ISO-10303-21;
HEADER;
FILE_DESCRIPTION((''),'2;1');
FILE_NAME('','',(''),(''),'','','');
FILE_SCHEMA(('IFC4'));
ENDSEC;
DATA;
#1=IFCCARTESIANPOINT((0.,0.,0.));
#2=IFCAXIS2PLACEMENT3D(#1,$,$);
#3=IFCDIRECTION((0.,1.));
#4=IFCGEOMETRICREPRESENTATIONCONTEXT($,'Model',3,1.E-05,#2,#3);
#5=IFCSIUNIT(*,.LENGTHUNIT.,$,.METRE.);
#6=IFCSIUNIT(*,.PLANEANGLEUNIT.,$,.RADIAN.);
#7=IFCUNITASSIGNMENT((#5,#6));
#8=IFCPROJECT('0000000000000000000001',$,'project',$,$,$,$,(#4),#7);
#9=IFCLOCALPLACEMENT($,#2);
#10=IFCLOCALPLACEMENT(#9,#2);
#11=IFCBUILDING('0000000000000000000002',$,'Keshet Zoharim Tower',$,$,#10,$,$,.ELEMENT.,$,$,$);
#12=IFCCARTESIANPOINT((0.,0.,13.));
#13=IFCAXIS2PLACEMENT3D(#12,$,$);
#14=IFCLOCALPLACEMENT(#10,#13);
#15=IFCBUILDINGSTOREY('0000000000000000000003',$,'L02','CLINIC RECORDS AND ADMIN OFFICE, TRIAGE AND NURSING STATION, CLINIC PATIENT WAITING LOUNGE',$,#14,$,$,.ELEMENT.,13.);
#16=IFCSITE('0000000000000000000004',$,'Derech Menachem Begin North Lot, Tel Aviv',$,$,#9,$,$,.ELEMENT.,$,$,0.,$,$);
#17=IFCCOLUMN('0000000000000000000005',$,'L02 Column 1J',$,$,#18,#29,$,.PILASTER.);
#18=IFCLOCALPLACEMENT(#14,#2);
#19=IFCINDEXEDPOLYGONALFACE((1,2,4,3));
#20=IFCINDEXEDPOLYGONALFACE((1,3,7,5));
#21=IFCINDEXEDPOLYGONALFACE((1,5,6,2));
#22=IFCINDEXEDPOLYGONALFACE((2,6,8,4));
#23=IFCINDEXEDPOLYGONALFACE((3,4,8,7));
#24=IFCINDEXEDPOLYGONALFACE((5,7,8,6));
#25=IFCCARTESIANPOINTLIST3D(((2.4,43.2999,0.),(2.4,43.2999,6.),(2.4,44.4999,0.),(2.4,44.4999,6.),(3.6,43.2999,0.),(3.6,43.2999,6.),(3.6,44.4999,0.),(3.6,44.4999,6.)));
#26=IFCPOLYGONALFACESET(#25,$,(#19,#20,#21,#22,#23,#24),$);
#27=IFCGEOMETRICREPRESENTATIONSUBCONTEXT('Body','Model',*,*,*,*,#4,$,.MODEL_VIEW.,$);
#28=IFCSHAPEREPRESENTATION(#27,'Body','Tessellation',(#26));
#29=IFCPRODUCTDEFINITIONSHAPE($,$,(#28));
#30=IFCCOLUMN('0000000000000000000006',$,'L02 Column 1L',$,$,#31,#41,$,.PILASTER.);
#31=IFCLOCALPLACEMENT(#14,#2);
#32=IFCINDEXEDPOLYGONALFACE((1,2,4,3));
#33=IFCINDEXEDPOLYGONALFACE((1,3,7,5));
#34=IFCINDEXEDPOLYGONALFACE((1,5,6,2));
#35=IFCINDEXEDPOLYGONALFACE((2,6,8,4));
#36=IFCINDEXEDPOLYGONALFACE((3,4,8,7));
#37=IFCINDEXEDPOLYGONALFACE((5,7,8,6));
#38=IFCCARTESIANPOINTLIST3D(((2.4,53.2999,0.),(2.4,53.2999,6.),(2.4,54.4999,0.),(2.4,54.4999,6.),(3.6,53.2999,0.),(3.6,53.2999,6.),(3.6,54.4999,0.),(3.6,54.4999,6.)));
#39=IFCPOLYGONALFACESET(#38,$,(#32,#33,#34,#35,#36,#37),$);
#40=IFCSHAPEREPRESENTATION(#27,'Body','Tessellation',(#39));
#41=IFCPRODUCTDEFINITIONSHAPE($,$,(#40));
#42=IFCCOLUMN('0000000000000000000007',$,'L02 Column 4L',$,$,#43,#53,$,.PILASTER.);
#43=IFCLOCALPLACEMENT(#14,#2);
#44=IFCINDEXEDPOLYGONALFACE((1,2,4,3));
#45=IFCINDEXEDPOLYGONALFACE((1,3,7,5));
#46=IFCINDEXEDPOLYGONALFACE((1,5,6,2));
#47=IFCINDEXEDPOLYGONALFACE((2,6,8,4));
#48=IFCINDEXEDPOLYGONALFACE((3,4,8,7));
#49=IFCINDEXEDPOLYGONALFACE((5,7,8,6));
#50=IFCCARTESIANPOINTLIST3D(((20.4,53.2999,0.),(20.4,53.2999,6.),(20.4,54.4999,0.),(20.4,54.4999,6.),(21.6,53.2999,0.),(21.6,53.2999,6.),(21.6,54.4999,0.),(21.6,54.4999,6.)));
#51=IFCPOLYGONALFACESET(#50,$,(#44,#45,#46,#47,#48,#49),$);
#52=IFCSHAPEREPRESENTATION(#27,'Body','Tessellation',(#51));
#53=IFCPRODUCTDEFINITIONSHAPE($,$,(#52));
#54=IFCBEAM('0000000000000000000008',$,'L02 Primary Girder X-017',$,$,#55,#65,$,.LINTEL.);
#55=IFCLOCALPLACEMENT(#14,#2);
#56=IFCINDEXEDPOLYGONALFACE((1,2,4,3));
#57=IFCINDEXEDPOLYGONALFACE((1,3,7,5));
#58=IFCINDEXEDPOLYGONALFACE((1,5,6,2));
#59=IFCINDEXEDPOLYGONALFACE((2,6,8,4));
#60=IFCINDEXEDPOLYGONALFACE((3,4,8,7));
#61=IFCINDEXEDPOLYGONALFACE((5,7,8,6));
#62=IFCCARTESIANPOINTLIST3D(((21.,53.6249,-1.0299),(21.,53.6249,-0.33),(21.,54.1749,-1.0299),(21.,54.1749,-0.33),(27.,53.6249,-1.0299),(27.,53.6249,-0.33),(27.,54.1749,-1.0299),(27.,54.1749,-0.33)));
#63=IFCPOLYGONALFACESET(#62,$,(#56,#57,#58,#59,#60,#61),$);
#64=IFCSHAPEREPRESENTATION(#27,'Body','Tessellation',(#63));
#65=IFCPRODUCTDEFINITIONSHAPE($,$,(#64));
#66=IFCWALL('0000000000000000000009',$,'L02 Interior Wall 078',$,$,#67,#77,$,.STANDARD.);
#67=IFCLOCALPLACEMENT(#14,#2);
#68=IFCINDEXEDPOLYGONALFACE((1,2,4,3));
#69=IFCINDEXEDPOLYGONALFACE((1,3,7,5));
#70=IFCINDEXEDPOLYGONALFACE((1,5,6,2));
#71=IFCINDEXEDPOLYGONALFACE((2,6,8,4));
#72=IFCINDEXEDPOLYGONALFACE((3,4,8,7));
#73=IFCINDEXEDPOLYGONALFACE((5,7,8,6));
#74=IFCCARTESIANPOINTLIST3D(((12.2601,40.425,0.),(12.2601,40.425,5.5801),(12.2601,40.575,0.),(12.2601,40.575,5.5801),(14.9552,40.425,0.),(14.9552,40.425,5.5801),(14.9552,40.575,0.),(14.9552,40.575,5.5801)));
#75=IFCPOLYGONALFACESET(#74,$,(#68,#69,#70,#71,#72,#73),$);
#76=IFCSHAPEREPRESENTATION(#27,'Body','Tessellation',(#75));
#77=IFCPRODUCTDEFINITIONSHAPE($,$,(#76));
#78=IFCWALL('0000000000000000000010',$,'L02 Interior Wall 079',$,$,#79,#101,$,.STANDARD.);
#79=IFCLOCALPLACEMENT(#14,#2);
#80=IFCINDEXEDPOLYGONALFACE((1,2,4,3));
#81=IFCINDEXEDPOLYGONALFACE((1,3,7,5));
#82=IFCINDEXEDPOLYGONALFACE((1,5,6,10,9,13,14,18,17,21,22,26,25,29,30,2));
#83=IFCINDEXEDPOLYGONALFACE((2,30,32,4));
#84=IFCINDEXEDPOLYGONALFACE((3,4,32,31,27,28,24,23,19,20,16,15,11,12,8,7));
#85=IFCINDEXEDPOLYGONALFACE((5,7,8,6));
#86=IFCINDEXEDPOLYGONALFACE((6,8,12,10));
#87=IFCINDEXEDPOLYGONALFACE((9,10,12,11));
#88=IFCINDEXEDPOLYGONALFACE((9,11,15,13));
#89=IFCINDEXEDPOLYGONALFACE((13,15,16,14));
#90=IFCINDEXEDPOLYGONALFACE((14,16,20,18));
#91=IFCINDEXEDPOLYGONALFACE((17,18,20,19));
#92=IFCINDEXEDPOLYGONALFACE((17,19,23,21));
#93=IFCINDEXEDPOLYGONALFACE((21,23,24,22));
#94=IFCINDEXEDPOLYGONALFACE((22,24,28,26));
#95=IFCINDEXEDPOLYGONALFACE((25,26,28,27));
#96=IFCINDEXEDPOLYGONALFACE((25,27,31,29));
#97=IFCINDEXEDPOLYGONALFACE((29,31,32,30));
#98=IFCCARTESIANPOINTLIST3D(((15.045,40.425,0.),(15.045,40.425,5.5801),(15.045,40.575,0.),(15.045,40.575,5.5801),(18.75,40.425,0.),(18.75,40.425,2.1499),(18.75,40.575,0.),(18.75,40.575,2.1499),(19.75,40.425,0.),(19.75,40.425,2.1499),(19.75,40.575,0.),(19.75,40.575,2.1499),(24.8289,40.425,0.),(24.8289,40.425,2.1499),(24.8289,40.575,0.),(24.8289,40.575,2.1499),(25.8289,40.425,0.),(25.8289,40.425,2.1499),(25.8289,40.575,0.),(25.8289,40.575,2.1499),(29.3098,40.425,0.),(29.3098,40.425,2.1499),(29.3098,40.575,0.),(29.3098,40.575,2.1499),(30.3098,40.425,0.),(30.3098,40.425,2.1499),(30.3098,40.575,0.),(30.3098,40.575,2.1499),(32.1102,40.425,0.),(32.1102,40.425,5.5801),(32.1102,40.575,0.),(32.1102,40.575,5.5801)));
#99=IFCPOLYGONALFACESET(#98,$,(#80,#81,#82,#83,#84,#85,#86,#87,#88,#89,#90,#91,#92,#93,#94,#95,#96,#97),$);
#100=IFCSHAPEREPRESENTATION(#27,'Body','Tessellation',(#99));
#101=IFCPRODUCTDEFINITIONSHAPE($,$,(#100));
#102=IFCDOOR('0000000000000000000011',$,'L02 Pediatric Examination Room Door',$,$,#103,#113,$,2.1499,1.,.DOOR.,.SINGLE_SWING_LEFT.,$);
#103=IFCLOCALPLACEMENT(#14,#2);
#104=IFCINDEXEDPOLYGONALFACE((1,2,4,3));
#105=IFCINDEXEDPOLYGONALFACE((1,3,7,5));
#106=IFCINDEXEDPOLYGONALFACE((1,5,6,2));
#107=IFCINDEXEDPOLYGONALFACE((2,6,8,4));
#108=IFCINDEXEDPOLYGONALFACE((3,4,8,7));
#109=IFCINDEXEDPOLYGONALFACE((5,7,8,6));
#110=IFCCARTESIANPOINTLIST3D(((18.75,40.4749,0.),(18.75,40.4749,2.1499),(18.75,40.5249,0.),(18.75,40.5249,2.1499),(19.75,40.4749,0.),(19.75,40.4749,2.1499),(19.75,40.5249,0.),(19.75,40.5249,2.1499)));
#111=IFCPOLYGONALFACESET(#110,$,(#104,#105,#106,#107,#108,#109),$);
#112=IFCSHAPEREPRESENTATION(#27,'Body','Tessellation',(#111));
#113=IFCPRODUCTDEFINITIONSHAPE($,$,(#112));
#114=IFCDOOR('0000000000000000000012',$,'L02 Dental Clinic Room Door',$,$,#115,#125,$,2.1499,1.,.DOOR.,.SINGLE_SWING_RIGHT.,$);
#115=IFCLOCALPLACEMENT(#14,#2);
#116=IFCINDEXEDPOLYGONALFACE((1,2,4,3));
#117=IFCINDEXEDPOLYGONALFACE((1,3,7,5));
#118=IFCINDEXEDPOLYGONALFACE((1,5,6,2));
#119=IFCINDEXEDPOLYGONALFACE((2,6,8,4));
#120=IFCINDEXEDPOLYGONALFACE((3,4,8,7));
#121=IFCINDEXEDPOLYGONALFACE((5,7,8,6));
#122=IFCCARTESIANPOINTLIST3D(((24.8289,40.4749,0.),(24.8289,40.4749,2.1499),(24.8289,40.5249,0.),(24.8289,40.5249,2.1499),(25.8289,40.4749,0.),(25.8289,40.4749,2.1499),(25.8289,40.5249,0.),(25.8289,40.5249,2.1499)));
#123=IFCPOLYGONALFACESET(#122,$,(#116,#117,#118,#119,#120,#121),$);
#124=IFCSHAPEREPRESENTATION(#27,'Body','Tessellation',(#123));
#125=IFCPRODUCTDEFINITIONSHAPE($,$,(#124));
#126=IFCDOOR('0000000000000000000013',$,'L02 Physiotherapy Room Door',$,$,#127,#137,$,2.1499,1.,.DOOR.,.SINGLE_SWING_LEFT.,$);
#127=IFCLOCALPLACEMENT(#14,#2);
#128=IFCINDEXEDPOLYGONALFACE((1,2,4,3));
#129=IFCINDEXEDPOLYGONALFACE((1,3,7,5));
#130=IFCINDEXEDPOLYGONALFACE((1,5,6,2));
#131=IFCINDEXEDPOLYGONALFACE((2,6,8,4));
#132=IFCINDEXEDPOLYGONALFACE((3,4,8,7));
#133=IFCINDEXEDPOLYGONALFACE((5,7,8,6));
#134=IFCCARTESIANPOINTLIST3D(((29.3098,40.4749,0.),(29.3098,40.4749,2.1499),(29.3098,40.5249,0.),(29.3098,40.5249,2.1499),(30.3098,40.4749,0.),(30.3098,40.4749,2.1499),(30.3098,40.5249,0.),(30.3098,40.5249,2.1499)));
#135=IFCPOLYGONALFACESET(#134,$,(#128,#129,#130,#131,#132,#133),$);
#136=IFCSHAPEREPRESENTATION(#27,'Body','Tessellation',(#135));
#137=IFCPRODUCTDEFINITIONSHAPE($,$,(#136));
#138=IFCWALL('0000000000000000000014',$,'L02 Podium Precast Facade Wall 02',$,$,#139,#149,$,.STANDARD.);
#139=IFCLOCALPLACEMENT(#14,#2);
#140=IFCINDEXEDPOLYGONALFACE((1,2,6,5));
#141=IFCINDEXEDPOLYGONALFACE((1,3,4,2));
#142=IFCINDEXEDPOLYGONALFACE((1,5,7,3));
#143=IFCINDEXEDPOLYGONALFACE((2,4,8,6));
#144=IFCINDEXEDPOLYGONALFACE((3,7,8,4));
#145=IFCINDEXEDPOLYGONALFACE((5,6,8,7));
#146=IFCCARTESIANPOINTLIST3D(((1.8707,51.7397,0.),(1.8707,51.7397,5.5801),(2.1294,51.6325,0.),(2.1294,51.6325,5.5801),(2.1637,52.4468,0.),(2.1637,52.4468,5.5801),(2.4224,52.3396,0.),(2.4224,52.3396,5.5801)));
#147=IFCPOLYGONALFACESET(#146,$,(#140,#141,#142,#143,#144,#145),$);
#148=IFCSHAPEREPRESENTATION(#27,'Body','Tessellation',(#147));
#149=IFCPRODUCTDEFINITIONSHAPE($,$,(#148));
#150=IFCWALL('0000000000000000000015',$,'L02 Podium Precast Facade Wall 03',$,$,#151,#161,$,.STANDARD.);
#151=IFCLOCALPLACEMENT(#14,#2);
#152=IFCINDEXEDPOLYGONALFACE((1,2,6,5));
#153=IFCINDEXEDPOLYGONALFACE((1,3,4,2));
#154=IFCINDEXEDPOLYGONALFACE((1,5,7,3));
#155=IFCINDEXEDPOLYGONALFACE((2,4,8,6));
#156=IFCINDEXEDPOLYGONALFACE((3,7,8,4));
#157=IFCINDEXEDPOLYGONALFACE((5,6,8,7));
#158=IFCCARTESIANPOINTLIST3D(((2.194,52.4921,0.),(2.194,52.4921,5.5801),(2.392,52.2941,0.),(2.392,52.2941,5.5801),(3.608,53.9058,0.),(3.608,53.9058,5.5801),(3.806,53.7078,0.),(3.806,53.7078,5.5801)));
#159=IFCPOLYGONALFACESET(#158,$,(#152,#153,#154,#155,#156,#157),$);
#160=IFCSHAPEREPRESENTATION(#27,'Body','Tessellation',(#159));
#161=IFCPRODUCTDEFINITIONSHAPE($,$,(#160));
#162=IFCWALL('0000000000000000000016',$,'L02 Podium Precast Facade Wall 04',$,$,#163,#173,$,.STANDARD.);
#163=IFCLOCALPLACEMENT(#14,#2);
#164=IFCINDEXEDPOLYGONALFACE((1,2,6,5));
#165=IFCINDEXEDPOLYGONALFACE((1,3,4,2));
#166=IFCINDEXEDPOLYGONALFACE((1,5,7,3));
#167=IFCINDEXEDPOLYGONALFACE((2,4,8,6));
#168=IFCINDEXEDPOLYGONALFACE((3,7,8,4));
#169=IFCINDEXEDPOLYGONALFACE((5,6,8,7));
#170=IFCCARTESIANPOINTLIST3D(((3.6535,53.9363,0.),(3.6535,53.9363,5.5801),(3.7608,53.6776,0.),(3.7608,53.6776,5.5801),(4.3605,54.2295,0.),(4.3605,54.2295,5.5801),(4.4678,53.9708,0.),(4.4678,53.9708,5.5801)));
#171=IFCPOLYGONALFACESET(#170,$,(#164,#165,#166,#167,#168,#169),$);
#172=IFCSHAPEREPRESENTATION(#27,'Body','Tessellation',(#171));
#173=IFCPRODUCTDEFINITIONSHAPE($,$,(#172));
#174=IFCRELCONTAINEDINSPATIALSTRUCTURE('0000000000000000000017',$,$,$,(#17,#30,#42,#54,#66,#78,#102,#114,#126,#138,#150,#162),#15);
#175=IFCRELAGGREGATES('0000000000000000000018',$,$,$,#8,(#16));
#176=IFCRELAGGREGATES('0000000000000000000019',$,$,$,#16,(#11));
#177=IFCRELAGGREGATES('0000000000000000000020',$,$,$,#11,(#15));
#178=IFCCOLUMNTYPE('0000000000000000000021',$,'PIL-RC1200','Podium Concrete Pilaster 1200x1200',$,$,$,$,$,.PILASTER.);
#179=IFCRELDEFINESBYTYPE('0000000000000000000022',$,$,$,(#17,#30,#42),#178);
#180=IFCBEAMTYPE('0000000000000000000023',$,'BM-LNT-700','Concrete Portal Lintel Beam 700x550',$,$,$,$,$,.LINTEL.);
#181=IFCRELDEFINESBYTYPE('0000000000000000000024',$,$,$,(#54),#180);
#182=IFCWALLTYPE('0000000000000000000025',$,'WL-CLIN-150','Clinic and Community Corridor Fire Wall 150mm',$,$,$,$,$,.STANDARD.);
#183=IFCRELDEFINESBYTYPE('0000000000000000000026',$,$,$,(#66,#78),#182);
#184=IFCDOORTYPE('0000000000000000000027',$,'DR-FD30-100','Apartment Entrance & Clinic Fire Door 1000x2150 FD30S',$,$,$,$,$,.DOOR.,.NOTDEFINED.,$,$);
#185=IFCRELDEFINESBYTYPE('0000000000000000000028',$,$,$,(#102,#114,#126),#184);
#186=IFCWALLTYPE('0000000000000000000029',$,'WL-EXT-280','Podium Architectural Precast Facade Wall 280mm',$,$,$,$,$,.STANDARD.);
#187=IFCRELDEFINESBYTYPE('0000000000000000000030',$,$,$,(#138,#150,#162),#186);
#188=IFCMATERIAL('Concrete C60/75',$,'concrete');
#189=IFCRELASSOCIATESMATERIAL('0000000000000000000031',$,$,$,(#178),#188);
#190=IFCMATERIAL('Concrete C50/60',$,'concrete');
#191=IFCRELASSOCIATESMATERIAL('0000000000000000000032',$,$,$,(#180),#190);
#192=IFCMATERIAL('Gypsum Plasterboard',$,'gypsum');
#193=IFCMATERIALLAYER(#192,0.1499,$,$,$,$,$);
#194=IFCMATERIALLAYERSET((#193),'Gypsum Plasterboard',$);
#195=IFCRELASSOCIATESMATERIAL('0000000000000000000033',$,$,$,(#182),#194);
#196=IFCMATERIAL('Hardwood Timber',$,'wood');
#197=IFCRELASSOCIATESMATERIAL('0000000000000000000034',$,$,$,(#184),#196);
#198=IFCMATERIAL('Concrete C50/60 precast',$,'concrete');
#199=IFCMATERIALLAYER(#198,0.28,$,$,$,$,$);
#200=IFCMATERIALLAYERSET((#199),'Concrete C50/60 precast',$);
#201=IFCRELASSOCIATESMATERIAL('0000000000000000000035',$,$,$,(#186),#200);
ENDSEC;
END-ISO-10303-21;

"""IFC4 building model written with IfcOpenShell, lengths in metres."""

from ifc_helpers import new_model, si_unit, direction, frame, frame_2d, origin, origin_2d, place, context, subcontext, project, spatial, rectangle, extrude, material, layer, layer_set, material_profile, profile_set, type_object, element, fill, save


model = new_model("IFC4")

# Units and contexts
model_context = context("Model", 3, precision=1e-05, world=origin(), true_north=direction((0.0, 1.0)))
body_context = subcontext(model_context, "Body", "Model", "MODEL_VIEW")
ifc_project = project(units=[si_unit("LENGTHUNIT", "METRE"), si_unit("PLANEANGLEUNIT", "RADIAN")], contexts=[model_context])

# Site, building, storey
site_placement = place(None, origin())
site = spatial("IfcSite", under=ifc_project, at=site_placement, Name="Derech Menachem Begin North Lot, Tel Aviv", CompositionType="ELEMENT", RefElevation=0.0)
building_placement = place(site_placement, origin())
building = spatial("IfcBuilding", under=site, at=building_placement, Name="Keshet Zoharim Tower", CompositionType="ELEMENT")
storey_placement = place(building_placement, frame((0.0, 0.0, 13.0)))
storey = spatial("IfcBuildingStorey", under=building, at=storey_placement, Name="L02", Description="CLINIC RECORDS AND ADMIN OFFICE, TRIAGE AND NURSING STATION, CLINIC PATIENT WAITING LOUNGE", CompositionType="ELEMENT", Elevation=13.0)

# Columns
ifc_material_1 = material(Name="Concrete C60/75", Category="concrete")
ifc_material_profile_1 = material_profile(ifc_material_1, rectangle(XDim=1.2, YDim=1.2, at=origin_2d()), Name="RC1200x1200")
ifc_profile_set_1 = profile_set([ifc_material_profile_1], Name="Concrete C60/75")
column_type = type_object("IfcColumnType", Name="PIL-RC1200", Description="Podium Concrete Pilaster 1200x1200", PredefinedType="PILASTER", material=ifc_profile_set_1)
for number, where, z_axis, x_axis, name in (
    (1, (3.0, 43.8999, 0.0), (0.0, 0.0, 1.0), (1.0, 0.0, 0.0), "L02 Column 1J"),
    (2, (3.0, 53.8999, 0.0), (0.0, 0.0, 1.0), (1.0, 0.0, 0.0), "L02 Column 1L"),
    (3, (21.0, 53.8999, 0.0), (0.0, 0.0, 1.0), (1.0, 0.0, 0.0), "L02 Column 4L"),
):
    element("IfcColumn", number, at=place(storey_placement, frame(where, z_axis=z_axis, x_axis=x_axis)), inside=storey, type_object=column_type, Name=name, PredefinedType="PILASTER", context=body_context, shape_type="SweptSolid", body=[
        extrude(rectangle(XDim=1.2, YDim=1.2, at=origin_2d()), origin(), (0.0, 0.0, 1.0), 6.0),
    ])

# Beam
ifc_material_2 = material(Name="Concrete C50/60", Category="concrete")
ifc_material_profile_2 = material_profile(ifc_material_2, rectangle(XDim=0.55, YDim=0.7, at=origin_2d()), Name="RC700x550")
ifc_profile_set_2 = profile_set([ifc_material_profile_2], Name="Concrete C50/60")
beam_type = type_object("IfcBeamType", Name="BM-LNT-700", Description="Concrete Portal Lintel Beam 700x550", PredefinedType="LINTEL", material=ifc_profile_set_2)
beam_placement = place(storey_placement, frame((21.0, 53.8999, -0.6799), z_axis=(1.0, 0.0, 0.0), x_axis=(0.0, 1.0, 0.0)))
element("IfcBeam", 4, at=beam_placement, inside=storey, type_object=beam_type, Name="L02 Primary Girder X-017", PredefinedType="LINTEL", context=body_context, shape_type="SweptSolid", body=[
    extrude(rectangle(XDim=0.55, YDim=0.7, at=origin_2d()), origin(), (0.0, 0.0, 1.0), 6.0),
])

# Shared definitions
ifc_material_3 = material(Name="Gypsum Plasterboard", Category="gypsum")
ifc_layer_1 = layer(ifc_material_3, 0.1499)
ifc_layer_set_1 = layer_set([ifc_layer_1], Name="Gypsum Plasterboard")
wall_type_1 = type_object("IfcWallType", Name="WL-CLIN-150", Description="Clinic and Community Corridor Fire Wall 150mm", PredefinedType="STANDARD", material=ifc_layer_set_1)
ifc_material_4 = material(Name="Hardwood Timber", Category="wood")
door_type = type_object("IfcDoorType", Name="DR-FD30-100", Description="Apartment Entrance & Clinic Fire Door 1000x2150 FD30S", OperationType="NOTDEFINED", PredefinedType="DOOR", material=ifc_material_4)

# Wall
wall_1_placement = place(storey_placement, frame((12.26, 40.5, 0.0), z_axis=(0.0, 0.0, 1.0), x_axis=(1.0, 0.0, 0.0)))
element("IfcWall", 5, at=wall_1_placement, inside=storey, type_object=wall_type_1, Name="L02 Interior Wall 078", PredefinedType="STANDARD", context=body_context, shape_type="SweptSolid", body=[
    extrude(rectangle(XDim=2.6951, YDim=0.1499, at=frame_2d((1.3477, 0.0))), origin(), (0.0, 0.0, 1.0), 5.5801),
])

# Wall, openings, doors
wall_2_placement = place(storey_placement, frame((15.0449, 40.5, 0.0), z_axis=(0.0, 0.0, 1.0), x_axis=(1.0, 0.0, 0.0)))
wall_2 = element("IfcWall", 6, at=wall_2_placement, inside=storey, type_object=wall_type_1, Name="L02 Interior Wall 079", PredefinedType="STANDARD", context=body_context, shape_type="SweptSolid", body=[
    extrude(rectangle(XDim=17.0652, YDim=0.1499, at=frame_2d((8.5327, 0.0))), origin(), (0.0, 0.0, 1.0), 5.5801),
])
opening_1_placement = place(wall_2_placement, frame((3.7051, 0.0, 0.0)))
opening_1 = element("IfcOpeningElement", 7, at=opening_1_placement, cuts=wall_2, PredefinedType="OPENING", context=body_context, shape_type="SweptSolid", body=[
    extrude(rectangle(XDim=1.0, YDim=2.1499, at=frame_2d((0.5, 1.075))), frame((0.0, 0.085, 0.0), z_axis=(0.0, -1.0, 0.0), x_axis=(1.0, 0.0, 0.0)), (0.0, 0.0, 1.0), 0.1699),
])
opening_2_placement = place(wall_2_placement, frame((9.7839, 0.0, 0.0)))
opening_2 = element("IfcOpeningElement", 8, at=opening_2_placement, cuts=wall_2, PredefinedType="OPENING", context=body_context, shape_type="SweptSolid", body=[
    extrude(rectangle(XDim=1.0, YDim=2.1499, at=frame_2d((0.5, 1.075))), frame((0.0, 0.085, 0.0), z_axis=(0.0, -1.0, 0.0), x_axis=(1.0, 0.0, 0.0)), (0.0, 0.0, 1.0), 0.1699),
])
opening_3_placement = place(wall_2_placement, frame((14.2649, 0.0, 0.0)))
opening_3 = element("IfcOpeningElement", 9, at=opening_3_placement, cuts=wall_2, PredefinedType="OPENING", context=body_context, shape_type="SweptSolid", body=[
    extrude(rectangle(XDim=1.0, YDim=2.1499, at=frame_2d((0.5, 1.075))), frame((0.0, 0.085, 0.0), z_axis=(0.0, -1.0, 0.0), x_axis=(1.0, 0.0, 0.0)), (0.0, 0.0, 1.0), 0.1699),
])
door_1_placement = place(opening_1_placement, origin())
door_1 = element("IfcDoor", 10, at=door_1_placement, inside=storey, type_object=door_type, Name="L02 Pediatric Examination Room Door", OperationType="SINGLE_SWING_LEFT", OverallHeight=2.1499, OverallWidth=1.0, PredefinedType="DOOR", context=body_context, shape_type="SweptSolid", body=[
    extrude(rectangle(XDim=1.0, YDim=2.1499, at=frame_2d((0.5, 1.075))), frame((0.0, 0.0249, 0.0), z_axis=(0.0, -1.0, 0.0), x_axis=(1.0, 0.0, 0.0)), (0.0, 0.0, 1.0), 0.05),
])
fill(opening_1, door_1)
door_2_placement = place(opening_2_placement, origin())
door_2 = element("IfcDoor", 11, at=door_2_placement, inside=storey, type_object=door_type, Name="L02 Dental Clinic Room Door", OperationType="SINGLE_SWING_RIGHT", OverallHeight=2.1499, OverallWidth=1.0, PredefinedType="DOOR", context=body_context, shape_type="SweptSolid", body=[
    extrude(rectangle(XDim=1.0, YDim=2.1499, at=frame_2d((0.5, 1.075))), frame((0.0, 0.0249, 0.0), z_axis=(0.0, -1.0, 0.0), x_axis=(1.0, 0.0, 0.0)), (0.0, 0.0, 1.0), 0.05),
])
fill(opening_2, door_2)
door_3_placement = place(opening_3_placement, origin())
door_3 = element("IfcDoor", 12, at=door_3_placement, inside=storey, type_object=door_type, Name="L02 Physiotherapy Room Door", OperationType="SINGLE_SWING_LEFT", OverallHeight=2.1499, OverallWidth=1.0, PredefinedType="DOOR", context=body_context, shape_type="SweptSolid", body=[
    extrude(rectangle(XDim=1.0, YDim=2.1499, at=frame_2d((0.5, 1.075))), frame((0.0, 0.0249, 0.0), z_axis=(0.0, -1.0, 0.0), x_axis=(1.0, 0.0, 0.0)), (0.0, 0.0, 1.0), 0.05),
])
fill(opening_3, door_3)

# Walls
ifc_material_5 = material(Name="Concrete C50/60 precast", Category="concrete")
ifc_layer_2 = layer(ifc_material_5, 0.28)
ifc_layer_set_2 = layer_set([ifc_layer_2], Name="Concrete C50/60 precast")
wall_type_2 = type_object("IfcWallType", Name="WL-EXT-280", Description="Podium Architectural Precast Facade Wall 280mm", PredefinedType="STANDARD", material=ifc_layer_set_2)
wall_3_placement = place(storey_placement, frame((2.0, 51.686, 0.0), z_axis=(0.0, 0.0, 1.0), x_axis=(0.382803, 0.92383, 0.0)))
element("IfcWall", 13, at=wall_3_placement, inside=storey, type_object=wall_type_2, Name="L02 Podium Precast Facade Wall 02", PredefinedType="STANDARD", context=body_context, shape_type="SweptSolid", body=[
    extrude(rectangle(XDim=0.7654, YDim=0.28, at=frame_2d((0.3828, 0.0))), origin(), (0.0, 0.0, 1.0), 5.5801),
])
wall_4_placement = place(storey_placement, frame((2.293, 52.3931, 0.0), z_axis=(0.0, 0.0, 1.0), x_axis=(0.707168, 0.707046, 0.0)))
element("IfcWall", 14, at=wall_4_placement, inside=storey, type_object=wall_type_2, Name="L02 Podium Precast Facade Wall 03", PredefinedType="STANDARD", context=body_context, shape_type="SweptSolid", body=[
    extrude(rectangle(XDim=1.9995, YDim=0.28, at=frame_2d((0.9998, 0.0))), origin(), (0.0, 0.0, 1.0), 5.5801),
])
wall_5_placement = place(storey_placement, frame((3.707, 53.8069, 0.0), z_axis=(0.0, 0.0, 1.0), x_axis=(0.923717, 0.383075, 0.0)))
element("IfcWall", 15, at=wall_5_placement, inside=storey, type_object=wall_type_2, Name="L02 Podium Precast Facade Wall 04", PredefinedType="STANDARD", context=body_context, shape_type="SweptSolid", body=[
    extrude(rectangle(XDim=0.7654, YDim=0.28, at=frame_2d((0.3828, 0.0))), origin(), (0.0, 0.0, 1.0), 5.5801),
])

save(model, "model.ifc")
